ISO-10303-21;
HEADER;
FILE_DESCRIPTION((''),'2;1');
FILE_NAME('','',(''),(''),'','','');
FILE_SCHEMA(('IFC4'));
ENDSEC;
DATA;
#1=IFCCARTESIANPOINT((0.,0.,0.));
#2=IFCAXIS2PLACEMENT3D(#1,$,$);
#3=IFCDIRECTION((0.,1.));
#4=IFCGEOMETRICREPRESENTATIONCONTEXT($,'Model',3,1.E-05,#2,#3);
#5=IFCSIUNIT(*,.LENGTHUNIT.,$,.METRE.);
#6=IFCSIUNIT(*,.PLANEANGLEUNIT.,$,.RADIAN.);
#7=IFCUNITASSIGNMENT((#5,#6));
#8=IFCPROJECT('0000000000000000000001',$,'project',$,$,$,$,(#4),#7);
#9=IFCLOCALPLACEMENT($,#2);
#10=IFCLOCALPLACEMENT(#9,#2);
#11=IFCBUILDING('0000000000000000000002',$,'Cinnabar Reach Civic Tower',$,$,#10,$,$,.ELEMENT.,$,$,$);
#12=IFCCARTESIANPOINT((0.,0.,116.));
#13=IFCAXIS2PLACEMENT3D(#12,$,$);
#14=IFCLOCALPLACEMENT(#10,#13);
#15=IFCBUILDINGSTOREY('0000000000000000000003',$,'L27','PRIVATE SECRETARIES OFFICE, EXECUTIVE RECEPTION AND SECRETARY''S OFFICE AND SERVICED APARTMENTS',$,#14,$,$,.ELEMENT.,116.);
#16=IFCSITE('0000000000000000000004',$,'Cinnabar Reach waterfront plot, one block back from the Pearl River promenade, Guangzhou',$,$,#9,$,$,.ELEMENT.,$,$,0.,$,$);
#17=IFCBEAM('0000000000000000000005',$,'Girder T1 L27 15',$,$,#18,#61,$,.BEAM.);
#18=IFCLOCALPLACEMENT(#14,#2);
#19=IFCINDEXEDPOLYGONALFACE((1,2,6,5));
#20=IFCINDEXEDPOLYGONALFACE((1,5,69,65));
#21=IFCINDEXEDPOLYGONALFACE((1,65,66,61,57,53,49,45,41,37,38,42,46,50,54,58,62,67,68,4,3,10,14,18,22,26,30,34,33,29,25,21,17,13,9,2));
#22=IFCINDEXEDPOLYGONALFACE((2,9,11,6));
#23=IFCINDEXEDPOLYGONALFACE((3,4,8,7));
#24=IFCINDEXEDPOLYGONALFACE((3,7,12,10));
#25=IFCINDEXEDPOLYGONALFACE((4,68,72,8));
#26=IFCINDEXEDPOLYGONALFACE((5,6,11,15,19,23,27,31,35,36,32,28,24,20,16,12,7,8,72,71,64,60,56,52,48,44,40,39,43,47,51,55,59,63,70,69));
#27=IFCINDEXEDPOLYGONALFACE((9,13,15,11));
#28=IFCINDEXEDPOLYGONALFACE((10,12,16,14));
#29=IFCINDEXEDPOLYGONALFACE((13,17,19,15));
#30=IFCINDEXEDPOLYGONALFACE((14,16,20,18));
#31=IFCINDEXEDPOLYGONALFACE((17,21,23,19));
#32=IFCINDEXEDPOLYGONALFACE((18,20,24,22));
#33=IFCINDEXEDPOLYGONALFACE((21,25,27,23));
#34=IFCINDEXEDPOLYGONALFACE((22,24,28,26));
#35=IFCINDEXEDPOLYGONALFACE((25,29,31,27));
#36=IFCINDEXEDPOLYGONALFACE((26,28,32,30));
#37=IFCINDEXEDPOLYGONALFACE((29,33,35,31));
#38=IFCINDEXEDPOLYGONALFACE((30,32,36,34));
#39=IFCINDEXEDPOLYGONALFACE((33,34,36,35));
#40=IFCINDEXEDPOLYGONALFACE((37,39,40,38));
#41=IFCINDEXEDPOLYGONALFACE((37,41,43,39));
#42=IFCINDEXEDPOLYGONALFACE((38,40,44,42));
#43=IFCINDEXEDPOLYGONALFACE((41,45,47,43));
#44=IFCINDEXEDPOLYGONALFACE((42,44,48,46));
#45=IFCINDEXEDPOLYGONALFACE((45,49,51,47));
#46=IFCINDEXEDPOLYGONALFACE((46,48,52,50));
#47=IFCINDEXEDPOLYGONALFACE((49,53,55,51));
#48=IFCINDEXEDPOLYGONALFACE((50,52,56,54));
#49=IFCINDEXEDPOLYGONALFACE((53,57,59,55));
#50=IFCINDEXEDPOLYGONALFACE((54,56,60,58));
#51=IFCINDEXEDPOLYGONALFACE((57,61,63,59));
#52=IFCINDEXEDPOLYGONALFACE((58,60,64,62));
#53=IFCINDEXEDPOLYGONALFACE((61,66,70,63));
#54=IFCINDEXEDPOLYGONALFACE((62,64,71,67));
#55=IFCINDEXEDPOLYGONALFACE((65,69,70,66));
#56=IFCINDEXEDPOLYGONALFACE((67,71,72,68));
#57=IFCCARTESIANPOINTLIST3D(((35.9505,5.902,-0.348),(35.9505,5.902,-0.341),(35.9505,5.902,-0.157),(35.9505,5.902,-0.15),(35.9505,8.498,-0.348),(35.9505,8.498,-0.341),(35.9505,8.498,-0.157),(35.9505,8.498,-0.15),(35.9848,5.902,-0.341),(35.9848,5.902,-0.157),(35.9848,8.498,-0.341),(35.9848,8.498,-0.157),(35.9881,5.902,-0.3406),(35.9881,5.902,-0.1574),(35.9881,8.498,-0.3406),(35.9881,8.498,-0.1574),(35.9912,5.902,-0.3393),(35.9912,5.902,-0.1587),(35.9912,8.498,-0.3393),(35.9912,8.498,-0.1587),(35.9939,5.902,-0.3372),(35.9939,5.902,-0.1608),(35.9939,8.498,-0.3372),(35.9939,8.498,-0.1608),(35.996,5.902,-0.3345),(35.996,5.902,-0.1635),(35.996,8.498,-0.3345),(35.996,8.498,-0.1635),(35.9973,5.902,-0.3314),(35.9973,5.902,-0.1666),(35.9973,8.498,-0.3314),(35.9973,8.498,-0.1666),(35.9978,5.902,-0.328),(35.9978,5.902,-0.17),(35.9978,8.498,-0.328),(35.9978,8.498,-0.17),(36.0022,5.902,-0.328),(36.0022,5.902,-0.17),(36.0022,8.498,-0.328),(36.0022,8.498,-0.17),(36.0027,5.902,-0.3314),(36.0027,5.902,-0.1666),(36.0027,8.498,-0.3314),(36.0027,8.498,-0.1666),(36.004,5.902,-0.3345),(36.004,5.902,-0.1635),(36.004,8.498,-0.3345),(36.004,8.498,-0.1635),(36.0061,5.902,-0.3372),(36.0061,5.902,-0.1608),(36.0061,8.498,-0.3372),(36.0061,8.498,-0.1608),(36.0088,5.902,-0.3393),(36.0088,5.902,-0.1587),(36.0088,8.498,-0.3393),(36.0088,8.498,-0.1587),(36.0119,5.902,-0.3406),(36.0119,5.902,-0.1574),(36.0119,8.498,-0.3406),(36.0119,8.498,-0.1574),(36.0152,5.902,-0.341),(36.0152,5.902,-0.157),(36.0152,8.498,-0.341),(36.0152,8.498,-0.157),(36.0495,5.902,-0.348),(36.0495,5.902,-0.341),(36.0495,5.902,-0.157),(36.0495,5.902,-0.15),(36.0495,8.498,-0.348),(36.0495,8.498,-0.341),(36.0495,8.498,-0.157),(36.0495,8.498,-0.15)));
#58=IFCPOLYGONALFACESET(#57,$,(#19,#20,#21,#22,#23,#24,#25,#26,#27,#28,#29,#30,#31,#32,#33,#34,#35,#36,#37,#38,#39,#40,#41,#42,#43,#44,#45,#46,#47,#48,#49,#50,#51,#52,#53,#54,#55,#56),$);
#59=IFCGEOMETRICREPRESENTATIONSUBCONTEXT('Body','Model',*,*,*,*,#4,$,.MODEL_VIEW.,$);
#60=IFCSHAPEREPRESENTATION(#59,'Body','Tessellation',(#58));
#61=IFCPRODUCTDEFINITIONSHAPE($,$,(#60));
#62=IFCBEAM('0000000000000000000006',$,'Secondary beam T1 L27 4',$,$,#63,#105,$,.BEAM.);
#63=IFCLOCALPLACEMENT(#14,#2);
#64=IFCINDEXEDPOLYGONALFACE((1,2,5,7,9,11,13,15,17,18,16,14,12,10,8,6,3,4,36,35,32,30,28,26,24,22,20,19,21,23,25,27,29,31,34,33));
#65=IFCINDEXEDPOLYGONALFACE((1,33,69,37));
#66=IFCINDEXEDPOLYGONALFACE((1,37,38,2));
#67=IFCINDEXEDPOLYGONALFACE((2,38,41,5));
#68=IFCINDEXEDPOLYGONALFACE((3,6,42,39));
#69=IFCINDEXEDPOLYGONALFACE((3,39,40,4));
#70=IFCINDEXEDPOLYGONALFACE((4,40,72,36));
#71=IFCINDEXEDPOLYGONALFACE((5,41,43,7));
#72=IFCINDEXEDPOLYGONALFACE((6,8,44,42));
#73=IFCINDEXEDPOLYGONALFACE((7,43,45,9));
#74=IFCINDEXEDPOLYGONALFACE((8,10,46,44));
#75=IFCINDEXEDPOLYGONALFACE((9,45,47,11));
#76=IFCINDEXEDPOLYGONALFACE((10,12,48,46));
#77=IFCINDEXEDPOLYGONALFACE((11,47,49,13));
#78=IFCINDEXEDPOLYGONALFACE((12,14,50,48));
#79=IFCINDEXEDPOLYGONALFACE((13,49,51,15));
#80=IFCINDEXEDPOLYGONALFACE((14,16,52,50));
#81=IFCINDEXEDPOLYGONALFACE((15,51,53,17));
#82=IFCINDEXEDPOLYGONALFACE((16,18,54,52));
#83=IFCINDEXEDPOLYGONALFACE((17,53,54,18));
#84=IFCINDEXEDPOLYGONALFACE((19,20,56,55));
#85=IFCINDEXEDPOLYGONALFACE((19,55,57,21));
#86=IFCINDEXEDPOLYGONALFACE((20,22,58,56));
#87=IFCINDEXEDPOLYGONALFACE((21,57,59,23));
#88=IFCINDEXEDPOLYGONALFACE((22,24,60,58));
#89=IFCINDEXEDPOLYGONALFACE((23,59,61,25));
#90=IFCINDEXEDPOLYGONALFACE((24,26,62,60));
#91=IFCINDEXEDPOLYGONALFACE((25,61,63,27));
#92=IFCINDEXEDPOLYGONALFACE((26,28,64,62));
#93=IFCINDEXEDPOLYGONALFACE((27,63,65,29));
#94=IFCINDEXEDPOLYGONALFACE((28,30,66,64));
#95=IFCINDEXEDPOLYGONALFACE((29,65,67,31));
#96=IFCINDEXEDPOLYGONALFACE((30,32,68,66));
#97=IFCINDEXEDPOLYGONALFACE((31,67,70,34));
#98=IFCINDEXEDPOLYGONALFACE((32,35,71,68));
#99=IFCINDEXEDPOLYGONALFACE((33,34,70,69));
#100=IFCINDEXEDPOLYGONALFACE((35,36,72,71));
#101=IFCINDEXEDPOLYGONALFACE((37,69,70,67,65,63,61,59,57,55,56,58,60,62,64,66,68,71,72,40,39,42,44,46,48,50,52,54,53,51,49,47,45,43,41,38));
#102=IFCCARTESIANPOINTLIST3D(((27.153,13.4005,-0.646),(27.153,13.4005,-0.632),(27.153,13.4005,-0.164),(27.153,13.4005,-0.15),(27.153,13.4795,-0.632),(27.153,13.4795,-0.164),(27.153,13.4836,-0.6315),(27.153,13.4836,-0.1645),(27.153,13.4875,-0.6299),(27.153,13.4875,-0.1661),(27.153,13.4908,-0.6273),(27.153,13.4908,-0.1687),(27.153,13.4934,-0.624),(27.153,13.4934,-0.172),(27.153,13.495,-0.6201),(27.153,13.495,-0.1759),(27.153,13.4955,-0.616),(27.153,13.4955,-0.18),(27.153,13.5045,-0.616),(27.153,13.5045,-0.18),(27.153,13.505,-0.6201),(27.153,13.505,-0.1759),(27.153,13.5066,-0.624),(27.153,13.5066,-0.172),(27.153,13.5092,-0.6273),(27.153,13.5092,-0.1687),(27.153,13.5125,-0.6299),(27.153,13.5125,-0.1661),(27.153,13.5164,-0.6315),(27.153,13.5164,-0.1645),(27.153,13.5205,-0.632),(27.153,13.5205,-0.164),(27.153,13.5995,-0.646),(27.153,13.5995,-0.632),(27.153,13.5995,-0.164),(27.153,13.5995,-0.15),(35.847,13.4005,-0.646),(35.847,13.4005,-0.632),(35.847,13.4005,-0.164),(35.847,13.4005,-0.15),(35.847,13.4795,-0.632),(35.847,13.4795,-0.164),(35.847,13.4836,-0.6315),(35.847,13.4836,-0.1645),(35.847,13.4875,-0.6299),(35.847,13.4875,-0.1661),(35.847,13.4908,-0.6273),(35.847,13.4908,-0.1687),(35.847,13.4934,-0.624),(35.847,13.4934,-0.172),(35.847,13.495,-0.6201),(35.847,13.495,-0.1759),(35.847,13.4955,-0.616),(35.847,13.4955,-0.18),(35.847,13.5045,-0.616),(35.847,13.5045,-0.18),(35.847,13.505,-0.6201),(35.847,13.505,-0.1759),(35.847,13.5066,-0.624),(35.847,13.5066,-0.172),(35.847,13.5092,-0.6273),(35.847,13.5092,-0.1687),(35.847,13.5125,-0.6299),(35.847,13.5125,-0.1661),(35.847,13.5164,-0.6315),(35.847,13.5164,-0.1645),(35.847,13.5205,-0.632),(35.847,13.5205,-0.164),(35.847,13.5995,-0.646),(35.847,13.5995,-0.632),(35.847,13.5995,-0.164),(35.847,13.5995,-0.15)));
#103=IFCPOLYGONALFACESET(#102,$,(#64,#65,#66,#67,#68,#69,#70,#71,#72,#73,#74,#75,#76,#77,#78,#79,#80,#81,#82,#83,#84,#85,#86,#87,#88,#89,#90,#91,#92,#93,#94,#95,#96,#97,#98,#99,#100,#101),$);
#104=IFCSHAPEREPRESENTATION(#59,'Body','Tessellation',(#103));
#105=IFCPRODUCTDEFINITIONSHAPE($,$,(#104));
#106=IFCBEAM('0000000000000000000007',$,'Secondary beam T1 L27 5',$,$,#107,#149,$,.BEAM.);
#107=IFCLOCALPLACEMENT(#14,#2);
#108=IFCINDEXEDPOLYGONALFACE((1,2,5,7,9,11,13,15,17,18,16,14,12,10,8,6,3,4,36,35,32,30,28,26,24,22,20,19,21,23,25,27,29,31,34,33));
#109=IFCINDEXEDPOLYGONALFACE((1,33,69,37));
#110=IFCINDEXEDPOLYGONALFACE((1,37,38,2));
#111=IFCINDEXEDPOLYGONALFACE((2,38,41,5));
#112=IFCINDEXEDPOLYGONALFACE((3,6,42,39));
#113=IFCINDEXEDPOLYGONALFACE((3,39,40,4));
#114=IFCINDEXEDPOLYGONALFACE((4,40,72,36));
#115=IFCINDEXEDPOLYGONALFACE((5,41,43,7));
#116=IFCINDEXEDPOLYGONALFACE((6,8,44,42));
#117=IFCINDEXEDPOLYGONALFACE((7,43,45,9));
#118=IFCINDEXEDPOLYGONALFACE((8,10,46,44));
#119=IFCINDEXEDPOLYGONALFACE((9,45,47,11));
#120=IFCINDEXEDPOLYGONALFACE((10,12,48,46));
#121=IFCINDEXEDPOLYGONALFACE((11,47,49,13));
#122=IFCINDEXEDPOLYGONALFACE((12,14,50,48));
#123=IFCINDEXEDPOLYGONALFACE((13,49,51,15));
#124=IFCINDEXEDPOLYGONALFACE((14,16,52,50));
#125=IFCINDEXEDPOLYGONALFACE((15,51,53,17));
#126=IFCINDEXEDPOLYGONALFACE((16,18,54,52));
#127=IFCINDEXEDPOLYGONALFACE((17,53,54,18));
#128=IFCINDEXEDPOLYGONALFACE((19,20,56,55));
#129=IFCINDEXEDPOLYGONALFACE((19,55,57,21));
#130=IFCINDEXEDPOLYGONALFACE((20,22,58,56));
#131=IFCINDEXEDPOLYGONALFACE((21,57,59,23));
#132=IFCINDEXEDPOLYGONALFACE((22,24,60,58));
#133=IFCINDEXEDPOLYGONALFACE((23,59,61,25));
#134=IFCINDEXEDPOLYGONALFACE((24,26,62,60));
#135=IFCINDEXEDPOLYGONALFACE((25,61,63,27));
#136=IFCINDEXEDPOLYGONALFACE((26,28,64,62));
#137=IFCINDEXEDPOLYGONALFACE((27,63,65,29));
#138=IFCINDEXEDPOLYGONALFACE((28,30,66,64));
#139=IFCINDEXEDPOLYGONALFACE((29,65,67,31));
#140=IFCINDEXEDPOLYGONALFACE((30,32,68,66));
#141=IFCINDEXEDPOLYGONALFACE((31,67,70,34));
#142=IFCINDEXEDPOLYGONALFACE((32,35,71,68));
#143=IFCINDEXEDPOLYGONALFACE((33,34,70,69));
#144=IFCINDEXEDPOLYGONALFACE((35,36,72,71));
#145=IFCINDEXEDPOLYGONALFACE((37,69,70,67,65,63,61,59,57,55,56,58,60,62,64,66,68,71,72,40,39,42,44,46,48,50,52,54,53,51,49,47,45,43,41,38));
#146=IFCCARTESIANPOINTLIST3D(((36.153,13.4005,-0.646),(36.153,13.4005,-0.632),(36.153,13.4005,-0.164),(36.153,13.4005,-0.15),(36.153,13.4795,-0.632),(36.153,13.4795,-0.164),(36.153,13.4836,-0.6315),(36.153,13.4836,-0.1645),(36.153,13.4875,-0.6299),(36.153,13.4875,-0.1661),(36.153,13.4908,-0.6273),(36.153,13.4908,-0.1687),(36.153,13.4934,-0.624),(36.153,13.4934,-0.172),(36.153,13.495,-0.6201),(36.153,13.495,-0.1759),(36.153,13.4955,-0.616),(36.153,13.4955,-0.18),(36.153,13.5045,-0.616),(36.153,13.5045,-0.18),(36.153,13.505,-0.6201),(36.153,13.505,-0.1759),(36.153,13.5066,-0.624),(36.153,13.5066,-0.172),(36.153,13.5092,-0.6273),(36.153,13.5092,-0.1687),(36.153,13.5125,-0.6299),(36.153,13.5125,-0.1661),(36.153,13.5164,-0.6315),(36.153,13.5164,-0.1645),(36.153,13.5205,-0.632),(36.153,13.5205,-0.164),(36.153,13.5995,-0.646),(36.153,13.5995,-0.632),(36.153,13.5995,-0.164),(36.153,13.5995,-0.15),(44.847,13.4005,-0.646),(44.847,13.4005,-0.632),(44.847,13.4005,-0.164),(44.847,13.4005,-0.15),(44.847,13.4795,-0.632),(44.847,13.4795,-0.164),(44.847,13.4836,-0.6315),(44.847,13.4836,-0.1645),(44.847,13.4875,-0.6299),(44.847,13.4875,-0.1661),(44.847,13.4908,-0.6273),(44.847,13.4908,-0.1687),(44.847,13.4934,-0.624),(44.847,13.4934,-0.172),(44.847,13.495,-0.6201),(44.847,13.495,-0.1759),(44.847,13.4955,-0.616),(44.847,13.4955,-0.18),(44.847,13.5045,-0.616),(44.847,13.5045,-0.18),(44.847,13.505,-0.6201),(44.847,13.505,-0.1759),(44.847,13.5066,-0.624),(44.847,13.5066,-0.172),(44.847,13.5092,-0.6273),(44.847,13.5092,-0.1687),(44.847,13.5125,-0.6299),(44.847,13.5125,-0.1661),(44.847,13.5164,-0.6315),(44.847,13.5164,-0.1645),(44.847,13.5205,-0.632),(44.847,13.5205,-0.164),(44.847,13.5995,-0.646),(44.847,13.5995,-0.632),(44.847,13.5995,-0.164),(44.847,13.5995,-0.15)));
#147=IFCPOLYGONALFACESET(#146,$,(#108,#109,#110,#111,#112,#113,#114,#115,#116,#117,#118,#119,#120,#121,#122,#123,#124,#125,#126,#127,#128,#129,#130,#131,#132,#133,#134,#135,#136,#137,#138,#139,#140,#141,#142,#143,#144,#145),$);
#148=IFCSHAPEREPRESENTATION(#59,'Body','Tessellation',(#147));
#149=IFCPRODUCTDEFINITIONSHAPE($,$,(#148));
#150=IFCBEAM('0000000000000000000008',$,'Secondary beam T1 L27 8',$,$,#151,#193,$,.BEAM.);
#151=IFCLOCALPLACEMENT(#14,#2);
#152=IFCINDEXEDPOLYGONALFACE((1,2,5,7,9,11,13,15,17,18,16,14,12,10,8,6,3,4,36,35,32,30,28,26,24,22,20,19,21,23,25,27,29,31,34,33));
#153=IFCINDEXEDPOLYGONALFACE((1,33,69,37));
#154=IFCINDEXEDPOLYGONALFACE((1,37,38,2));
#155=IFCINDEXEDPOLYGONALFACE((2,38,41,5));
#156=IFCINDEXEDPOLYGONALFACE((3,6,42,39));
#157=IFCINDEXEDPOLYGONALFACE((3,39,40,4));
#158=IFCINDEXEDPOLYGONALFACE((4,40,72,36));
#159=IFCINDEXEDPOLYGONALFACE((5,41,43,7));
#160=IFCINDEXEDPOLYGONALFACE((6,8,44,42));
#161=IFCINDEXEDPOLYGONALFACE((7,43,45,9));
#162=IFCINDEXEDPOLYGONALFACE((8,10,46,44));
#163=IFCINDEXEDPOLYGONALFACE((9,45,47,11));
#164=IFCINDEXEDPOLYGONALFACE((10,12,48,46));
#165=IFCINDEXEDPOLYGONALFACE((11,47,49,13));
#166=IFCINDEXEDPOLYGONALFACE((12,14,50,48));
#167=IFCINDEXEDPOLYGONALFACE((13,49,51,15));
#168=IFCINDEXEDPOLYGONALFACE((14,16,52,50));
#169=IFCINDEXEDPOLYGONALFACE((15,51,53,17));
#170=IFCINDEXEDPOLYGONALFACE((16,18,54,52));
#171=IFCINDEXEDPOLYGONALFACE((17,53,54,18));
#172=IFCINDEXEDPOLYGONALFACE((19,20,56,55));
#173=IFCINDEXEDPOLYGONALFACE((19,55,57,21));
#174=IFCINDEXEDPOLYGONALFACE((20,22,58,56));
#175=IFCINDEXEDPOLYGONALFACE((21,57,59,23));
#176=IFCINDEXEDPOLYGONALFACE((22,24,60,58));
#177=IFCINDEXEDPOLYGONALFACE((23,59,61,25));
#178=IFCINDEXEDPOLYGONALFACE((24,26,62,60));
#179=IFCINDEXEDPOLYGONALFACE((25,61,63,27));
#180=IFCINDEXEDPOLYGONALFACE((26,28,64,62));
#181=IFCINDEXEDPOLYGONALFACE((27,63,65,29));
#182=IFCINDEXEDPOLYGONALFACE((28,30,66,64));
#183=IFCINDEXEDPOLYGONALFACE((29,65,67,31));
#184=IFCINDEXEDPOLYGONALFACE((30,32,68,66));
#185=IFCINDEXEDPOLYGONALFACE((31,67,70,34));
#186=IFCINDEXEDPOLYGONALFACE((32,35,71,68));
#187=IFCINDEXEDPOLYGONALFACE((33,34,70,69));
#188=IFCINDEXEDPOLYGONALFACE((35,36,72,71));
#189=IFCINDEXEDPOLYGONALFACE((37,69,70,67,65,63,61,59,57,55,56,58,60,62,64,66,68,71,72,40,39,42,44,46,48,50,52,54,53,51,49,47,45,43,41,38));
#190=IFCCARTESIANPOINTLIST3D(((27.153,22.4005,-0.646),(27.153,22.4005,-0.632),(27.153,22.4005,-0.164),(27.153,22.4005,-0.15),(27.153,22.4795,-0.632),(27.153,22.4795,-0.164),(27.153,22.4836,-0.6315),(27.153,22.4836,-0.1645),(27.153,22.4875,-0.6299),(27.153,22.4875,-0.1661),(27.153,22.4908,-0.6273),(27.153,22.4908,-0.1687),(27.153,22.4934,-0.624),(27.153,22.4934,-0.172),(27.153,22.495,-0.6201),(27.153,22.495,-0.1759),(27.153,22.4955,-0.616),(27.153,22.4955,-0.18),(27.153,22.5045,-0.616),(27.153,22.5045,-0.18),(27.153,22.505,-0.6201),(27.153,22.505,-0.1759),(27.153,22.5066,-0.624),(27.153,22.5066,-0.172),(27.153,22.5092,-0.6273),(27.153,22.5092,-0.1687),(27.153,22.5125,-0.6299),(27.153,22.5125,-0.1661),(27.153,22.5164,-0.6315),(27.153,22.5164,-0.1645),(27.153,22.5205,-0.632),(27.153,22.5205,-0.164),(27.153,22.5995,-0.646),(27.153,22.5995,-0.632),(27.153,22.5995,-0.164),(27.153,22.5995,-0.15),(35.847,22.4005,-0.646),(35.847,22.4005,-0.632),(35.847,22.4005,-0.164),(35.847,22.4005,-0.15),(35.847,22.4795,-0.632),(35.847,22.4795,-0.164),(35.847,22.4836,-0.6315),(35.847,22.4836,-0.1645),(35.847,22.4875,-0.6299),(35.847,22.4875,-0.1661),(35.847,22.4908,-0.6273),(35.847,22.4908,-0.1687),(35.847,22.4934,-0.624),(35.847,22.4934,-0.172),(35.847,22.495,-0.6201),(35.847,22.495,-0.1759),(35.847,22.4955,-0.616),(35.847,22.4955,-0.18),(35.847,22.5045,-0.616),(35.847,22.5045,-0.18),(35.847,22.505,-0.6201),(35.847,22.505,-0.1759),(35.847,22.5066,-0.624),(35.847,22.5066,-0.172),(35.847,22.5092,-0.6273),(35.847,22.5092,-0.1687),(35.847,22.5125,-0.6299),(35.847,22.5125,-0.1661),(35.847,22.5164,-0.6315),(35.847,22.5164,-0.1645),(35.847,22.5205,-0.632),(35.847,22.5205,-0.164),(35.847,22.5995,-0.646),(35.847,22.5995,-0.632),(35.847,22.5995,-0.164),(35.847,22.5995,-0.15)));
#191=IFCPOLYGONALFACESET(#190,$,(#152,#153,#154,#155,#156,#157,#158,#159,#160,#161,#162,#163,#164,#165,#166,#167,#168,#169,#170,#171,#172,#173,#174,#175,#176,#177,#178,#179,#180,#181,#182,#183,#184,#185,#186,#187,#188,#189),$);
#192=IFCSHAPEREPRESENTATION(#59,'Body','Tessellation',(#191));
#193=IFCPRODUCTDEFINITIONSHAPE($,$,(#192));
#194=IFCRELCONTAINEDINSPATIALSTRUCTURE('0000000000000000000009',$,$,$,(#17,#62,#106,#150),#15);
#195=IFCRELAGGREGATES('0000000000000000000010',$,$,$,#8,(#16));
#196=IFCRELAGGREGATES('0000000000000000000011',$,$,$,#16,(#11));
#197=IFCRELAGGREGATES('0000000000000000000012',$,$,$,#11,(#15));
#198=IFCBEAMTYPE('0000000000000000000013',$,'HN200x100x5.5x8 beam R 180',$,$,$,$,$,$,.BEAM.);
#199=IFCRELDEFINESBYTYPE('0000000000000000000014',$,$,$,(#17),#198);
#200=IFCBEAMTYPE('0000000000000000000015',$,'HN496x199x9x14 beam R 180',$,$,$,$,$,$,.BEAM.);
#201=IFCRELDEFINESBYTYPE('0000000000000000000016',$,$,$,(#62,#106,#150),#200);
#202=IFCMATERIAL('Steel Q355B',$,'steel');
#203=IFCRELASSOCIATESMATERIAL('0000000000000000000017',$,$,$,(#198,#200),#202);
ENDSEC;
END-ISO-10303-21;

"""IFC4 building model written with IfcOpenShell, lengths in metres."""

from ifc_helpers import new_model, si_unit, direction, frame, origin, origin_2d, place, context, subcontext, project, spatial, i_section, extrude, material, material_profile, profile_set, type_object, element, save


model = new_model("IFC4")

# Units and contexts
model_context = context("Model", 3, precision=1e-05, world=origin(), true_north=direction((0.0, 1.0)))
body_context = subcontext(model_context, "Body", "Model", "MODEL_VIEW")
ifc_project = project(units=[si_unit("LENGTHUNIT", "METRE"), si_unit("PLANEANGLEUNIT", "RADIAN")], contexts=[model_context])

# Site, building, storey
site_placement = place(None, origin())
site = spatial("IfcSite", under=ifc_project, at=site_placement, Name="Cinnabar Reach waterfront plot, one block back from the Pearl River promenade, Guangzhou", CompositionType="ELEMENT", RefElevation=0.0)
building_placement = place(site_placement, origin())
building = spatial("IfcBuilding", under=site, at=building_placement, Name="Cinnabar Reach Civic Tower", CompositionType="ELEMENT")
storey_placement = place(building_placement, frame((0.0, 0.0, 116.0)))
storey = spatial("IfcBuildingStorey", under=building, at=storey_placement, Name="L27", Description="PRIVATE SECRETARIES OFFICE, EXECUTIVE RECEPTION AND SECRETARY'S OFFICE AND SERVICED APARTMENTS", CompositionType="ELEMENT", Elevation=116.0)

# Beams
ifc_material_1 = material(Name="Steel Q355B", Category="steel")
ifc_material_profile_1 = material_profile(ifc_material_1, i_section(OverallWidth=0.099, OverallDepth=0.198, WebThickness=0.0045, FlangeThickness=0.007, FilletRadius=0.013, at=origin_2d()), Name="HN200x100x5.5x8")
ifc_profile_set_1 = profile_set([ifc_material_profile_1], Name="Steel Q355B")
beam_type_1 = type_object("IfcBeamType", Name="HN200x100x5.5x8 beam R 180", PredefinedType="BEAM", material=ifc_profile_set_1)
for number, where, z_axis, x_axis, name in (
    (1, (36.0, 5.902, -0.249), (0.0, 1.0, 0.0), (-1.0, 0.0, 0.0), "Girder T1 L27 15"),
):
    element("IfcBeam", number, at=place(storey_placement, frame(where, z_axis=z_axis, x_axis=x_axis)), inside=storey, type_object=beam_type_1, Name=name, PredefinedType="BEAM", context=body_context, shape_type="SweptSolid", body=[
        extrude(i_section(OverallWidth=0.099, OverallDepth=0.198, WebThickness=0.0045, FlangeThickness=0.007, FilletRadius=0.013, at=origin_2d()), origin(), (0.0, 0.0, 1.0), 2.596),
    ])
ifc_material_profile_2 = material_profile(ifc_material_1, i_section(OverallWidth=0.199, OverallDepth=0.496, WebThickness=0.009, FlangeThickness=0.014, FilletRadius=0.016, at=origin_2d()), Name="HN496x199x9x14")
ifc_profile_set_2 = profile_set([ifc_material_profile_2], Name="Steel Q355B")
beam_type_2 = type_object("IfcBeamType", Name="HN496x199x9x14 beam R 180", PredefinedType="BEAM", material=ifc_profile_set_2)
for number, where, z_axis, x_axis, name in (
    (2, (27.153, 13.5, -0.398), (1.0, 0.0, 0.0), (0.0, 1.0, 0.0), "Secondary beam T1 L27 4"),
    (3, (36.153, 13.5, -0.398), (1.0, 0.0, 0.0), (0.0, 1.0, 0.0), "Secondary beam T1 L27 5"),
    (4, (27.153, 22.5, -0.398), (1.0, 0.0, 0.0), (0.0, 1.0, 0.0), "Secondary beam T1 L27 8"),
):
    element("IfcBeam", number, at=place(storey_placement, frame(where, z_axis=z_axis, x_axis=x_axis)), inside=storey, type_object=beam_type_2, Name=name, PredefinedType="BEAM", context=body_context, shape_type="SweptSolid", body=[
        extrude(i_section(OverallWidth=0.199, OverallDepth=0.496, WebThickness=0.009, FlangeThickness=0.014, FilletRadius=0.016, at=origin_2d()), origin(), (0.0, 0.0, 1.0), 8.694),
    ])

save(model, "model.ifc")
